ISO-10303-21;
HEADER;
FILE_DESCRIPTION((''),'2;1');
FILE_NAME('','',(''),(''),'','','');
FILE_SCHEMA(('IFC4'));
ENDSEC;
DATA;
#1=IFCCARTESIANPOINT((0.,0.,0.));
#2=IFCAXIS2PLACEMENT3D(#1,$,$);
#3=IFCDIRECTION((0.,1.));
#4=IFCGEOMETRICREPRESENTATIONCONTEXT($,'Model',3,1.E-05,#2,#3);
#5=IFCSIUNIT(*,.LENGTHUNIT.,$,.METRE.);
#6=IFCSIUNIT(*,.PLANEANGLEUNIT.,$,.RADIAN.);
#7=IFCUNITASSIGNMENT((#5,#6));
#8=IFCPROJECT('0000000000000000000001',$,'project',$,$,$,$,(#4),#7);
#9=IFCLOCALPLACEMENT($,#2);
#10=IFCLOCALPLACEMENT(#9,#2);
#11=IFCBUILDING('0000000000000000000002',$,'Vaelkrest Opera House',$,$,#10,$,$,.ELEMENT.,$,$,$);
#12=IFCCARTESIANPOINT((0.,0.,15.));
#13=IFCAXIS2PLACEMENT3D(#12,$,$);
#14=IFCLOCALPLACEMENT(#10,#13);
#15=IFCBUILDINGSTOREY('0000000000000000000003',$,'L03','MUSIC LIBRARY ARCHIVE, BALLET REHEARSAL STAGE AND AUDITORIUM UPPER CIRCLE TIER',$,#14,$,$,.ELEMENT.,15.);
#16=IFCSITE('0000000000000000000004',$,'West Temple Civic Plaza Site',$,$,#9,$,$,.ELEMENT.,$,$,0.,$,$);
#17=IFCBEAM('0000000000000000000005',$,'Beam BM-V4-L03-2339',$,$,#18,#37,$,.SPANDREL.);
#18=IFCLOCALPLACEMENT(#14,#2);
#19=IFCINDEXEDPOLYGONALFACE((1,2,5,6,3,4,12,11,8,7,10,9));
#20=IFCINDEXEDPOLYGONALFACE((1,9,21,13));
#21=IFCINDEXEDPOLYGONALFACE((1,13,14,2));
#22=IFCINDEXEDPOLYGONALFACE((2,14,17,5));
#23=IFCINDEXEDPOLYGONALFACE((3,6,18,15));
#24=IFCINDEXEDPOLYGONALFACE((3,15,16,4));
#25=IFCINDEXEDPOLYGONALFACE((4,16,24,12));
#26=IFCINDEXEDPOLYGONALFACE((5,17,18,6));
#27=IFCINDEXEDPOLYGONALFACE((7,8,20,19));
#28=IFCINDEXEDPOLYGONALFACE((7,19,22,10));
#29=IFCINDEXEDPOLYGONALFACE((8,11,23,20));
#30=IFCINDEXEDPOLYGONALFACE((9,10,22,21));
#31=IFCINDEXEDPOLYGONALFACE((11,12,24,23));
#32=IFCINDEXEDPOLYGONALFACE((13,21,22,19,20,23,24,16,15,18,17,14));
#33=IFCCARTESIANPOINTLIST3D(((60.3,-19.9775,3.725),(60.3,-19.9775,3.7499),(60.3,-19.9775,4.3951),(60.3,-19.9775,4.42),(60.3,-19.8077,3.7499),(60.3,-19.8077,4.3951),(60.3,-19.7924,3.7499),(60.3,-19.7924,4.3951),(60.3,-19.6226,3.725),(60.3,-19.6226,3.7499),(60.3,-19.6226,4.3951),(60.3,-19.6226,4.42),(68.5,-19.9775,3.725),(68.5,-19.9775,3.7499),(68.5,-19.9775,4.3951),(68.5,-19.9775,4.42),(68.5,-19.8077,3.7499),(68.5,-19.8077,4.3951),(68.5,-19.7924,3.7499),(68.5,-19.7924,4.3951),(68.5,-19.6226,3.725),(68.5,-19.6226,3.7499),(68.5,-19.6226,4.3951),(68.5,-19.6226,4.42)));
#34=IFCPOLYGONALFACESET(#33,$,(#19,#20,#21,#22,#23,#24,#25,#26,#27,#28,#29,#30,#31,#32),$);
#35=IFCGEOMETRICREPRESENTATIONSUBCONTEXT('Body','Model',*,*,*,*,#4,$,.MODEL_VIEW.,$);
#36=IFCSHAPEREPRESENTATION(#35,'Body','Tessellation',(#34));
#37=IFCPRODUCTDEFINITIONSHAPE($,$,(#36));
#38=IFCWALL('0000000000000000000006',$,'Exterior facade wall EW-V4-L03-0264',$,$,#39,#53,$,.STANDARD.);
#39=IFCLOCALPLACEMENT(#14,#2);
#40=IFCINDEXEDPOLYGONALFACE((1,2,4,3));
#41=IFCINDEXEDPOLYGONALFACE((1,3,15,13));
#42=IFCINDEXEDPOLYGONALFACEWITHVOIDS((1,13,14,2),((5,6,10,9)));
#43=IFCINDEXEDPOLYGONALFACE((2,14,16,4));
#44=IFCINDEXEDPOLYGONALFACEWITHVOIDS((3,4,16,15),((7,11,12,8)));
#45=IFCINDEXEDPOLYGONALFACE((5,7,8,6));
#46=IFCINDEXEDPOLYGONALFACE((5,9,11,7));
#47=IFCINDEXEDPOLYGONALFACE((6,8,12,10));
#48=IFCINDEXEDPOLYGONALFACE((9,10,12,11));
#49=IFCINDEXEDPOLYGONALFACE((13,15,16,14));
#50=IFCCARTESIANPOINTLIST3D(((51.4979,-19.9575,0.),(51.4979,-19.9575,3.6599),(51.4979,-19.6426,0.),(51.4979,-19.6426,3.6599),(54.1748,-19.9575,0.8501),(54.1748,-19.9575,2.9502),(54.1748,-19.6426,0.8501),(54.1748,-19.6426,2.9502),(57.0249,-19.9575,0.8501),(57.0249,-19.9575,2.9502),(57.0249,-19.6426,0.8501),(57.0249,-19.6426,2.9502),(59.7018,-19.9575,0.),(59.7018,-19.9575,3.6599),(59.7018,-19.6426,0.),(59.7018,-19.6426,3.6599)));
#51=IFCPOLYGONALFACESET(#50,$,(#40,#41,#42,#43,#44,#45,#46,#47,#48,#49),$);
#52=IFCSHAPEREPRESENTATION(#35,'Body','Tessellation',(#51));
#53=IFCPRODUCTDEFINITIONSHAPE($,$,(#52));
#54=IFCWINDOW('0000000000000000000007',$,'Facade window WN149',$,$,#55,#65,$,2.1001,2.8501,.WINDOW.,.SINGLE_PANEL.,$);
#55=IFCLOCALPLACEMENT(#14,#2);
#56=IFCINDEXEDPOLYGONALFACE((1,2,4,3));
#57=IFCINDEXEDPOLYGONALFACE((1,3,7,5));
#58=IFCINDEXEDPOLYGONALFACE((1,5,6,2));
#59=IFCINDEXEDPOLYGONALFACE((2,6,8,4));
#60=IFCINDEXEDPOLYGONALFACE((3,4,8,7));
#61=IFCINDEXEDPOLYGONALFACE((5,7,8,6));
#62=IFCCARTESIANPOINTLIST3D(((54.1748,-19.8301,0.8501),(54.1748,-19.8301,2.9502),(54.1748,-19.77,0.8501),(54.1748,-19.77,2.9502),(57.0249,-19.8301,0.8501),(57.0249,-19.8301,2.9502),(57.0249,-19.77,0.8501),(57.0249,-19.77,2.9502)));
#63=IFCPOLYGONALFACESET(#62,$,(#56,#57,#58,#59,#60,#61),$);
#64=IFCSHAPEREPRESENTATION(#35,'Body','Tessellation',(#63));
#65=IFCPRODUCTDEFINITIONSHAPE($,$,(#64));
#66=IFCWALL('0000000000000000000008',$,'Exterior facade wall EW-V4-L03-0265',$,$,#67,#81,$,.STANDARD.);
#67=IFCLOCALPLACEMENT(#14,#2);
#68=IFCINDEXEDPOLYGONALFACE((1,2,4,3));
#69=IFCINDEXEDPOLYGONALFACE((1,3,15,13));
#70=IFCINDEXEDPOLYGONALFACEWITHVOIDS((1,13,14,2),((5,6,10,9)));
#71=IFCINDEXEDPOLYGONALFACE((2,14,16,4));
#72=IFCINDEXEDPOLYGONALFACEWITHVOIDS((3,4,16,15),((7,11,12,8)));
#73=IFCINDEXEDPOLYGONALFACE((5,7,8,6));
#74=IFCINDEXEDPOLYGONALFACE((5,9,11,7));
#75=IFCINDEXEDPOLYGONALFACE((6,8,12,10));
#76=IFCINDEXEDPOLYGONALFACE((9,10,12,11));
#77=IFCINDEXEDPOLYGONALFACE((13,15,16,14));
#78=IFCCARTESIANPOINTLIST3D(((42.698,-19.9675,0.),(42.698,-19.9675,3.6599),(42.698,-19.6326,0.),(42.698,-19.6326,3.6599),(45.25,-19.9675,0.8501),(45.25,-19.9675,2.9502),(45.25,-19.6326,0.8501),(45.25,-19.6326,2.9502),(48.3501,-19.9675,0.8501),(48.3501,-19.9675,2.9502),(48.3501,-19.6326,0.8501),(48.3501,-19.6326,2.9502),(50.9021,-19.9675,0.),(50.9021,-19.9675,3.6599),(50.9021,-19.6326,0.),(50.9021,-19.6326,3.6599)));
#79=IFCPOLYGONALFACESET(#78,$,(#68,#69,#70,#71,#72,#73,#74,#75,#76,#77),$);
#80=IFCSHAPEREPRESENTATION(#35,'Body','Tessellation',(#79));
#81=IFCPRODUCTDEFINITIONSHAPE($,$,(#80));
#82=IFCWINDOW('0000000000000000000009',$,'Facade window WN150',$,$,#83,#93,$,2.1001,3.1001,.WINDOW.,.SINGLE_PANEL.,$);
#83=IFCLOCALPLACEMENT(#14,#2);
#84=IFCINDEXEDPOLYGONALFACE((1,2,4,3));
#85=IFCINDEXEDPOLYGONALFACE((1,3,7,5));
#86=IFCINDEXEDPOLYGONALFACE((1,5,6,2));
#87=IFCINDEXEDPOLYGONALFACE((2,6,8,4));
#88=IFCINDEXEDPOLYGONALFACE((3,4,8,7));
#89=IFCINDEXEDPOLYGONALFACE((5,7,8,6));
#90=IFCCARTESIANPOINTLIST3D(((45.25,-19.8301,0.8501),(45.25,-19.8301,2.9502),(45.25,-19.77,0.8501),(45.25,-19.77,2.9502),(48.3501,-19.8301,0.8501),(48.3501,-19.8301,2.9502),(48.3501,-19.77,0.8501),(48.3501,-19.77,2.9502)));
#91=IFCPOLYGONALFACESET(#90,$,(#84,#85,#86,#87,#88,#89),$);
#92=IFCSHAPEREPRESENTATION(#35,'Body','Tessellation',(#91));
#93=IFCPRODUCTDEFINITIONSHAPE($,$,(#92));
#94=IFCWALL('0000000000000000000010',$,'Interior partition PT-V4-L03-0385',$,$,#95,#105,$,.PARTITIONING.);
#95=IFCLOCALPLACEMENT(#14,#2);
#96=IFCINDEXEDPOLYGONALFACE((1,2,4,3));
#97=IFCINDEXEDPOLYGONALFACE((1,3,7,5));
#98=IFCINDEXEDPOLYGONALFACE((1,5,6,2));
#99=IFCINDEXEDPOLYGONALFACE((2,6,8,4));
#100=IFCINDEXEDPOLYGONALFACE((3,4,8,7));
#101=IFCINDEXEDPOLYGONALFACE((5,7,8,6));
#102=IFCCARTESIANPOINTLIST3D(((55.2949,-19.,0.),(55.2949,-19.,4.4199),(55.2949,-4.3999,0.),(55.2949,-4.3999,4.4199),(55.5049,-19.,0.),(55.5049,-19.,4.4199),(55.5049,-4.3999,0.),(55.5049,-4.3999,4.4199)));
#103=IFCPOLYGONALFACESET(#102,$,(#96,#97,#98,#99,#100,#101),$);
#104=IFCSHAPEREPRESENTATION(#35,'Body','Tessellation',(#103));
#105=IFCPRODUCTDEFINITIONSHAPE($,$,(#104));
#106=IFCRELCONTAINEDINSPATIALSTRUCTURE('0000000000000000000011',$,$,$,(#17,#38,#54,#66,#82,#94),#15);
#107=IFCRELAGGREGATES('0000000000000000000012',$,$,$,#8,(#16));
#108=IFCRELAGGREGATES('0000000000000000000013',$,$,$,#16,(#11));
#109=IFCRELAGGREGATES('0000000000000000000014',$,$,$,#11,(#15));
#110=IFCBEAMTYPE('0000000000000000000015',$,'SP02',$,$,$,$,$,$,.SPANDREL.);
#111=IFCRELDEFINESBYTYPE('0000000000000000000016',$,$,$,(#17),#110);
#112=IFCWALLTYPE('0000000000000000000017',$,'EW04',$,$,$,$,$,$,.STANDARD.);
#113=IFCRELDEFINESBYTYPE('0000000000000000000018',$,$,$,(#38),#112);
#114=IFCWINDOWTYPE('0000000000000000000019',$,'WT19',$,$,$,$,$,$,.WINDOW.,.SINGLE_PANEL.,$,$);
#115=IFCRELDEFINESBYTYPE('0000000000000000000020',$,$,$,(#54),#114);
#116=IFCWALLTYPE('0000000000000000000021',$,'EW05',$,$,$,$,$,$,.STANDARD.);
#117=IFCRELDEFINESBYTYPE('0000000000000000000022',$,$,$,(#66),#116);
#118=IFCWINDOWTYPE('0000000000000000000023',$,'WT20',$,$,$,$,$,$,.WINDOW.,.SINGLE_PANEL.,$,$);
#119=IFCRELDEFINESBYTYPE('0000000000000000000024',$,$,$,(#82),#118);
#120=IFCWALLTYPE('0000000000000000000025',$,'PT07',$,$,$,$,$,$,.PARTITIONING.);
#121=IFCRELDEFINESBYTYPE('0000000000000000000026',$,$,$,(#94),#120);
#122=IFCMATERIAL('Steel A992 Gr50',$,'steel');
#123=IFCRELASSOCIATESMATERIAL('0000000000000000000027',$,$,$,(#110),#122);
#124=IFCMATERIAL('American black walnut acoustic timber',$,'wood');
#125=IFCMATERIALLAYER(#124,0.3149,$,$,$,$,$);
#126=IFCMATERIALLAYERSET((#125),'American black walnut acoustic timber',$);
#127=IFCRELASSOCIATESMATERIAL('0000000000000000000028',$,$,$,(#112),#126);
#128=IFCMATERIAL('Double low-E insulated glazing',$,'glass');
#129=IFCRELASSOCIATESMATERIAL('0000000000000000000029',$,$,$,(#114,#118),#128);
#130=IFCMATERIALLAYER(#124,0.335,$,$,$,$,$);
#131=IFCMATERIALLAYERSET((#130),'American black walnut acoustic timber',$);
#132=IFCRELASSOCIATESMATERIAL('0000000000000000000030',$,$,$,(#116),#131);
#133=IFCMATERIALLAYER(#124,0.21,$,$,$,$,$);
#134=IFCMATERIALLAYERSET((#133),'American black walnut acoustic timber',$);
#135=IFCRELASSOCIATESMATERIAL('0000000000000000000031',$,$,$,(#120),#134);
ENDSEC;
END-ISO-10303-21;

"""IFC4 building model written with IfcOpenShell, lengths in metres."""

from ifc_helpers import new_model, si_unit, direction, frame, frame_2d, origin, origin_2d, place, context, subcontext, project, spatial, rectangle, i_section, extrude, material, layer, layer_set, material_profile, profile_set, type_object, element, fill, save


model = new_model("IFC4")

# Units and contexts
model_context = context("Model", 3, precision=1e-05, world=origin(), true_north=direction((0.0, 1.0)))
body_context = subcontext(model_context, "Body", "Model", "MODEL_VIEW")
ifc_project = project(units=[si_unit("LENGTHUNIT", "METRE"), si_unit("PLANEANGLEUNIT", "RADIAN")], contexts=[model_context])

# Site, building, storey
site_placement = place(None, origin())
site = spatial("IfcSite", under=ifc_project, at=site_placement, Name="West Temple Civic Plaza Site", CompositionType="ELEMENT", RefElevation=0.0)
building_placement = place(site_placement, origin())
building = spatial("IfcBuilding", under=site, at=building_placement, Name="Vaelkrest Opera House", CompositionType="ELEMENT")
storey_placement = place(building_placement, frame((0.0, 0.0, 15.0)))
storey = spatial("IfcBuildingStorey", under=building, at=storey_placement, Name="L03", Description="MUSIC LIBRARY ARCHIVE, BALLET REHEARSAL STAGE AND AUDITORIUM UPPER CIRCLE TIER", CompositionType="ELEMENT", Elevation=15.0)

# Beam
ifc_material_1 = material(Name="Steel A992 Gr50", Category="steel")
ifc_material_profile_1 = material_profile(ifc_material_1, i_section(OverallWidth=0.355, OverallDepth=0.6951, WebThickness=0.0154, FlangeThickness=0.0249, at=origin_2d()), Name="W27X146")
ifc_profile_set_1 = profile_set([ifc_material_profile_1], Name="Steel A992 Gr50")
beam_type_1 = type_object("IfcBeamType", Name="SP02", PredefinedType="SPANDREL", material=ifc_profile_set_1)
for number, where, z_axis, x_axis, name in (
    (1, (60.3, -19.8, 4.0725), (1.0, 0.0, 0.0), (0.0, 1.0, 0.0), "Beam BM-V4-L03-2339"),
):
    element("IfcBeam", number, at=place(storey_placement, frame(where, z_axis=z_axis, x_axis=x_axis)), inside=storey, type_object=beam_type_1, Name=name, PredefinedType="SPANDREL", context=body_context, shape_type="SweptSolid", body=[
        extrude(i_section(OverallWidth=0.355, OverallDepth=0.6951, WebThickness=0.0154, FlangeThickness=0.0249, at=origin_2d()), origin(), (0.0, 0.0, 1.0), 8.2),
    ])

# Walls, openings, windows
ifc_material_2 = material(Name="American black walnut acoustic timber", Category="wood")
ifc_layer_1 = layer(ifc_material_2, 0.3149)
ifc_layer_set_1 = layer_set([ifc_layer_1], Name="American black walnut acoustic timber")
wall_type_1 = type_object("IfcWallType", Name="EW04", PredefinedType="STANDARD", material=ifc_layer_set_1)
wall_1_placement = place(storey_placement, frame((59.7019, -19.8, 0.0), z_axis=(0.0, 0.0, 1.0), x_axis=(-1.0, 0.0, 0.0)))
wall_1 = element("IfcWall", 2, at=wall_1_placement, inside=storey, type_object=wall_type_1, Name="Exterior facade wall EW-V4-L03-0264", PredefinedType="STANDARD", context=body_context, shape_type="SweptSolid", body=[
    extrude(rectangle(XDim=8.2039, YDim=0.3149, at=frame_2d((4.1021, 0.0))), origin(), (0.0, 0.0, 1.0), 3.6599),
])
opening_1_placement = place(wall_1_placement, frame((2.677, 0.0, 0.8501)))
opening_1 = element("IfcOpeningElement", 3, at=opening_1_placement, cuts=wall_1, PredefinedType="OPENING", context=body_context, shape_type="SweptSolid", body=[
    extrude(rectangle(XDim=2.8501, YDim=2.1001, at=frame_2d((1.425, 1.05))), frame((0.0, 0.1675, 0.0), z_axis=(0.0, -1.0, 0.0), x_axis=(1.0, 0.0, 0.0)), (0.0, 0.0, 1.0), 0.335),
])
ifc_material_3 = material(Name="Double low-E insulated glazing", Category="glass")
window_type_1 = type_object("IfcWindowType", Name="WT19", PartitioningType="SINGLE_PANEL", PredefinedType="WINDOW", material=ifc_material_3)
window_1_placement = place(opening_1_placement, origin())
window_1 = element("IfcWindow", 4, at=window_1_placement, inside=storey, type_object=window_type_1, Name="Facade window WN149", OverallHeight=2.1001, OverallWidth=2.8501, PartitioningType="SINGLE_PANEL", PredefinedType="WINDOW", context=body_context, shape_type="SweptSolid", body=[
    extrude(rectangle(XDim=2.8501, YDim=2.1001, at=frame_2d((1.425, 1.05))), frame((0.0, 0.03, 0.0), z_axis=(0.0, -1.0, 0.0), x_axis=(1.0, 0.0, 0.0)), (0.0, 0.0, 1.0), 0.0601),
])
fill(opening_1, window_1)
ifc_layer_2 = layer(ifc_material_2, 0.335)
ifc_layer_set_2 = layer_set([ifc_layer_2], Name="American black walnut acoustic timber")
wall_type_2 = type_object("IfcWallType", Name="EW05", PredefinedType="STANDARD", material=ifc_layer_set_2)
wall_2_placement = place(storey_placement, frame((50.9021, -19.8, 0.0), z_axis=(0.0, 0.0, 1.0), x_axis=(-1.0, 0.0, 0.0)))
wall_2 = element("IfcWall", 5, at=wall_2_placement, inside=storey, type_object=wall_type_2, Name="Exterior facade wall EW-V4-L03-0265", PredefinedType="STANDARD", context=body_context, shape_type="SweptSolid", body=[
    extrude(rectangle(XDim=8.2041, YDim=0.335, at=frame_2d((4.1021, 0.0))), origin(), (0.0, 0.0, 1.0), 3.6599),
])
opening_2_placement = place(wall_2_placement, frame((2.552, 0.0, 0.8501)))
opening_2 = element("IfcOpeningElement", 6, at=opening_2_placement, cuts=wall_2, PredefinedType="OPENING", context=body_context, shape_type="SweptSolid", body=[
    extrude(rectangle(XDim=3.1001, YDim=2.1001, at=frame_2d((1.55, 1.05))), frame((0.0, 0.1775, 0.0), z_axis=(0.0, -1.0, 0.0), x_axis=(1.0, 0.0, 0.0)), (0.0, 0.0, 1.0), 0.355),
])
window_type_2 = type_object("IfcWindowType", Name="WT20", PartitioningType="SINGLE_PANEL", PredefinedType="WINDOW", material=ifc_material_3)
window_2_placement = place(opening_2_placement, origin())
window_2 = element("IfcWindow", 7, at=window_2_placement, inside=storey, type_object=window_type_2, Name="Facade window WN150", OverallHeight=2.1001, OverallWidth=3.1001, PartitioningType="SINGLE_PANEL", PredefinedType="WINDOW", context=body_context, shape_type="SweptSolid", body=[
    extrude(rectangle(XDim=3.1001, YDim=2.1001, at=frame_2d((1.55, 1.05))), frame((0.0, 0.03, 0.0), z_axis=(0.0, -1.0, 0.0), x_axis=(1.0, 0.0, 0.0)), (0.0, 0.0, 1.0), 0.0601),
])
fill(opening_2, window_2)

# Wall
ifc_layer_3 = layer(ifc_material_2, 0.21)
ifc_layer_set_3 = layer_set([ifc_layer_3], Name="American black walnut acoustic timber")
wall_type_3 = type_object("IfcWallType", Name="PT07", PredefinedType="PARTITIONING", material=ifc_layer_set_3)
wall_3_placement = place(storey_placement, frame((55.3999, -19.0, 0.0), z_axis=(0.0, 0.0, 1.0), x_axis=(0.0, 1.0, 0.0)))
element("IfcWall", 8, at=wall_3_placement, inside=storey, type_object=wall_type_3, Name="Interior partition PT-V4-L03-0385", PredefinedType="PARTITIONING", context=body_context, shape_type="SweptSolid", body=[
    extrude(rectangle(XDim=14.6001, YDim=0.21, at=frame_2d((7.3, 0.0))), origin(), (0.0, 0.0, 1.0), 4.4199),
])

save(model, "model.ifc")
